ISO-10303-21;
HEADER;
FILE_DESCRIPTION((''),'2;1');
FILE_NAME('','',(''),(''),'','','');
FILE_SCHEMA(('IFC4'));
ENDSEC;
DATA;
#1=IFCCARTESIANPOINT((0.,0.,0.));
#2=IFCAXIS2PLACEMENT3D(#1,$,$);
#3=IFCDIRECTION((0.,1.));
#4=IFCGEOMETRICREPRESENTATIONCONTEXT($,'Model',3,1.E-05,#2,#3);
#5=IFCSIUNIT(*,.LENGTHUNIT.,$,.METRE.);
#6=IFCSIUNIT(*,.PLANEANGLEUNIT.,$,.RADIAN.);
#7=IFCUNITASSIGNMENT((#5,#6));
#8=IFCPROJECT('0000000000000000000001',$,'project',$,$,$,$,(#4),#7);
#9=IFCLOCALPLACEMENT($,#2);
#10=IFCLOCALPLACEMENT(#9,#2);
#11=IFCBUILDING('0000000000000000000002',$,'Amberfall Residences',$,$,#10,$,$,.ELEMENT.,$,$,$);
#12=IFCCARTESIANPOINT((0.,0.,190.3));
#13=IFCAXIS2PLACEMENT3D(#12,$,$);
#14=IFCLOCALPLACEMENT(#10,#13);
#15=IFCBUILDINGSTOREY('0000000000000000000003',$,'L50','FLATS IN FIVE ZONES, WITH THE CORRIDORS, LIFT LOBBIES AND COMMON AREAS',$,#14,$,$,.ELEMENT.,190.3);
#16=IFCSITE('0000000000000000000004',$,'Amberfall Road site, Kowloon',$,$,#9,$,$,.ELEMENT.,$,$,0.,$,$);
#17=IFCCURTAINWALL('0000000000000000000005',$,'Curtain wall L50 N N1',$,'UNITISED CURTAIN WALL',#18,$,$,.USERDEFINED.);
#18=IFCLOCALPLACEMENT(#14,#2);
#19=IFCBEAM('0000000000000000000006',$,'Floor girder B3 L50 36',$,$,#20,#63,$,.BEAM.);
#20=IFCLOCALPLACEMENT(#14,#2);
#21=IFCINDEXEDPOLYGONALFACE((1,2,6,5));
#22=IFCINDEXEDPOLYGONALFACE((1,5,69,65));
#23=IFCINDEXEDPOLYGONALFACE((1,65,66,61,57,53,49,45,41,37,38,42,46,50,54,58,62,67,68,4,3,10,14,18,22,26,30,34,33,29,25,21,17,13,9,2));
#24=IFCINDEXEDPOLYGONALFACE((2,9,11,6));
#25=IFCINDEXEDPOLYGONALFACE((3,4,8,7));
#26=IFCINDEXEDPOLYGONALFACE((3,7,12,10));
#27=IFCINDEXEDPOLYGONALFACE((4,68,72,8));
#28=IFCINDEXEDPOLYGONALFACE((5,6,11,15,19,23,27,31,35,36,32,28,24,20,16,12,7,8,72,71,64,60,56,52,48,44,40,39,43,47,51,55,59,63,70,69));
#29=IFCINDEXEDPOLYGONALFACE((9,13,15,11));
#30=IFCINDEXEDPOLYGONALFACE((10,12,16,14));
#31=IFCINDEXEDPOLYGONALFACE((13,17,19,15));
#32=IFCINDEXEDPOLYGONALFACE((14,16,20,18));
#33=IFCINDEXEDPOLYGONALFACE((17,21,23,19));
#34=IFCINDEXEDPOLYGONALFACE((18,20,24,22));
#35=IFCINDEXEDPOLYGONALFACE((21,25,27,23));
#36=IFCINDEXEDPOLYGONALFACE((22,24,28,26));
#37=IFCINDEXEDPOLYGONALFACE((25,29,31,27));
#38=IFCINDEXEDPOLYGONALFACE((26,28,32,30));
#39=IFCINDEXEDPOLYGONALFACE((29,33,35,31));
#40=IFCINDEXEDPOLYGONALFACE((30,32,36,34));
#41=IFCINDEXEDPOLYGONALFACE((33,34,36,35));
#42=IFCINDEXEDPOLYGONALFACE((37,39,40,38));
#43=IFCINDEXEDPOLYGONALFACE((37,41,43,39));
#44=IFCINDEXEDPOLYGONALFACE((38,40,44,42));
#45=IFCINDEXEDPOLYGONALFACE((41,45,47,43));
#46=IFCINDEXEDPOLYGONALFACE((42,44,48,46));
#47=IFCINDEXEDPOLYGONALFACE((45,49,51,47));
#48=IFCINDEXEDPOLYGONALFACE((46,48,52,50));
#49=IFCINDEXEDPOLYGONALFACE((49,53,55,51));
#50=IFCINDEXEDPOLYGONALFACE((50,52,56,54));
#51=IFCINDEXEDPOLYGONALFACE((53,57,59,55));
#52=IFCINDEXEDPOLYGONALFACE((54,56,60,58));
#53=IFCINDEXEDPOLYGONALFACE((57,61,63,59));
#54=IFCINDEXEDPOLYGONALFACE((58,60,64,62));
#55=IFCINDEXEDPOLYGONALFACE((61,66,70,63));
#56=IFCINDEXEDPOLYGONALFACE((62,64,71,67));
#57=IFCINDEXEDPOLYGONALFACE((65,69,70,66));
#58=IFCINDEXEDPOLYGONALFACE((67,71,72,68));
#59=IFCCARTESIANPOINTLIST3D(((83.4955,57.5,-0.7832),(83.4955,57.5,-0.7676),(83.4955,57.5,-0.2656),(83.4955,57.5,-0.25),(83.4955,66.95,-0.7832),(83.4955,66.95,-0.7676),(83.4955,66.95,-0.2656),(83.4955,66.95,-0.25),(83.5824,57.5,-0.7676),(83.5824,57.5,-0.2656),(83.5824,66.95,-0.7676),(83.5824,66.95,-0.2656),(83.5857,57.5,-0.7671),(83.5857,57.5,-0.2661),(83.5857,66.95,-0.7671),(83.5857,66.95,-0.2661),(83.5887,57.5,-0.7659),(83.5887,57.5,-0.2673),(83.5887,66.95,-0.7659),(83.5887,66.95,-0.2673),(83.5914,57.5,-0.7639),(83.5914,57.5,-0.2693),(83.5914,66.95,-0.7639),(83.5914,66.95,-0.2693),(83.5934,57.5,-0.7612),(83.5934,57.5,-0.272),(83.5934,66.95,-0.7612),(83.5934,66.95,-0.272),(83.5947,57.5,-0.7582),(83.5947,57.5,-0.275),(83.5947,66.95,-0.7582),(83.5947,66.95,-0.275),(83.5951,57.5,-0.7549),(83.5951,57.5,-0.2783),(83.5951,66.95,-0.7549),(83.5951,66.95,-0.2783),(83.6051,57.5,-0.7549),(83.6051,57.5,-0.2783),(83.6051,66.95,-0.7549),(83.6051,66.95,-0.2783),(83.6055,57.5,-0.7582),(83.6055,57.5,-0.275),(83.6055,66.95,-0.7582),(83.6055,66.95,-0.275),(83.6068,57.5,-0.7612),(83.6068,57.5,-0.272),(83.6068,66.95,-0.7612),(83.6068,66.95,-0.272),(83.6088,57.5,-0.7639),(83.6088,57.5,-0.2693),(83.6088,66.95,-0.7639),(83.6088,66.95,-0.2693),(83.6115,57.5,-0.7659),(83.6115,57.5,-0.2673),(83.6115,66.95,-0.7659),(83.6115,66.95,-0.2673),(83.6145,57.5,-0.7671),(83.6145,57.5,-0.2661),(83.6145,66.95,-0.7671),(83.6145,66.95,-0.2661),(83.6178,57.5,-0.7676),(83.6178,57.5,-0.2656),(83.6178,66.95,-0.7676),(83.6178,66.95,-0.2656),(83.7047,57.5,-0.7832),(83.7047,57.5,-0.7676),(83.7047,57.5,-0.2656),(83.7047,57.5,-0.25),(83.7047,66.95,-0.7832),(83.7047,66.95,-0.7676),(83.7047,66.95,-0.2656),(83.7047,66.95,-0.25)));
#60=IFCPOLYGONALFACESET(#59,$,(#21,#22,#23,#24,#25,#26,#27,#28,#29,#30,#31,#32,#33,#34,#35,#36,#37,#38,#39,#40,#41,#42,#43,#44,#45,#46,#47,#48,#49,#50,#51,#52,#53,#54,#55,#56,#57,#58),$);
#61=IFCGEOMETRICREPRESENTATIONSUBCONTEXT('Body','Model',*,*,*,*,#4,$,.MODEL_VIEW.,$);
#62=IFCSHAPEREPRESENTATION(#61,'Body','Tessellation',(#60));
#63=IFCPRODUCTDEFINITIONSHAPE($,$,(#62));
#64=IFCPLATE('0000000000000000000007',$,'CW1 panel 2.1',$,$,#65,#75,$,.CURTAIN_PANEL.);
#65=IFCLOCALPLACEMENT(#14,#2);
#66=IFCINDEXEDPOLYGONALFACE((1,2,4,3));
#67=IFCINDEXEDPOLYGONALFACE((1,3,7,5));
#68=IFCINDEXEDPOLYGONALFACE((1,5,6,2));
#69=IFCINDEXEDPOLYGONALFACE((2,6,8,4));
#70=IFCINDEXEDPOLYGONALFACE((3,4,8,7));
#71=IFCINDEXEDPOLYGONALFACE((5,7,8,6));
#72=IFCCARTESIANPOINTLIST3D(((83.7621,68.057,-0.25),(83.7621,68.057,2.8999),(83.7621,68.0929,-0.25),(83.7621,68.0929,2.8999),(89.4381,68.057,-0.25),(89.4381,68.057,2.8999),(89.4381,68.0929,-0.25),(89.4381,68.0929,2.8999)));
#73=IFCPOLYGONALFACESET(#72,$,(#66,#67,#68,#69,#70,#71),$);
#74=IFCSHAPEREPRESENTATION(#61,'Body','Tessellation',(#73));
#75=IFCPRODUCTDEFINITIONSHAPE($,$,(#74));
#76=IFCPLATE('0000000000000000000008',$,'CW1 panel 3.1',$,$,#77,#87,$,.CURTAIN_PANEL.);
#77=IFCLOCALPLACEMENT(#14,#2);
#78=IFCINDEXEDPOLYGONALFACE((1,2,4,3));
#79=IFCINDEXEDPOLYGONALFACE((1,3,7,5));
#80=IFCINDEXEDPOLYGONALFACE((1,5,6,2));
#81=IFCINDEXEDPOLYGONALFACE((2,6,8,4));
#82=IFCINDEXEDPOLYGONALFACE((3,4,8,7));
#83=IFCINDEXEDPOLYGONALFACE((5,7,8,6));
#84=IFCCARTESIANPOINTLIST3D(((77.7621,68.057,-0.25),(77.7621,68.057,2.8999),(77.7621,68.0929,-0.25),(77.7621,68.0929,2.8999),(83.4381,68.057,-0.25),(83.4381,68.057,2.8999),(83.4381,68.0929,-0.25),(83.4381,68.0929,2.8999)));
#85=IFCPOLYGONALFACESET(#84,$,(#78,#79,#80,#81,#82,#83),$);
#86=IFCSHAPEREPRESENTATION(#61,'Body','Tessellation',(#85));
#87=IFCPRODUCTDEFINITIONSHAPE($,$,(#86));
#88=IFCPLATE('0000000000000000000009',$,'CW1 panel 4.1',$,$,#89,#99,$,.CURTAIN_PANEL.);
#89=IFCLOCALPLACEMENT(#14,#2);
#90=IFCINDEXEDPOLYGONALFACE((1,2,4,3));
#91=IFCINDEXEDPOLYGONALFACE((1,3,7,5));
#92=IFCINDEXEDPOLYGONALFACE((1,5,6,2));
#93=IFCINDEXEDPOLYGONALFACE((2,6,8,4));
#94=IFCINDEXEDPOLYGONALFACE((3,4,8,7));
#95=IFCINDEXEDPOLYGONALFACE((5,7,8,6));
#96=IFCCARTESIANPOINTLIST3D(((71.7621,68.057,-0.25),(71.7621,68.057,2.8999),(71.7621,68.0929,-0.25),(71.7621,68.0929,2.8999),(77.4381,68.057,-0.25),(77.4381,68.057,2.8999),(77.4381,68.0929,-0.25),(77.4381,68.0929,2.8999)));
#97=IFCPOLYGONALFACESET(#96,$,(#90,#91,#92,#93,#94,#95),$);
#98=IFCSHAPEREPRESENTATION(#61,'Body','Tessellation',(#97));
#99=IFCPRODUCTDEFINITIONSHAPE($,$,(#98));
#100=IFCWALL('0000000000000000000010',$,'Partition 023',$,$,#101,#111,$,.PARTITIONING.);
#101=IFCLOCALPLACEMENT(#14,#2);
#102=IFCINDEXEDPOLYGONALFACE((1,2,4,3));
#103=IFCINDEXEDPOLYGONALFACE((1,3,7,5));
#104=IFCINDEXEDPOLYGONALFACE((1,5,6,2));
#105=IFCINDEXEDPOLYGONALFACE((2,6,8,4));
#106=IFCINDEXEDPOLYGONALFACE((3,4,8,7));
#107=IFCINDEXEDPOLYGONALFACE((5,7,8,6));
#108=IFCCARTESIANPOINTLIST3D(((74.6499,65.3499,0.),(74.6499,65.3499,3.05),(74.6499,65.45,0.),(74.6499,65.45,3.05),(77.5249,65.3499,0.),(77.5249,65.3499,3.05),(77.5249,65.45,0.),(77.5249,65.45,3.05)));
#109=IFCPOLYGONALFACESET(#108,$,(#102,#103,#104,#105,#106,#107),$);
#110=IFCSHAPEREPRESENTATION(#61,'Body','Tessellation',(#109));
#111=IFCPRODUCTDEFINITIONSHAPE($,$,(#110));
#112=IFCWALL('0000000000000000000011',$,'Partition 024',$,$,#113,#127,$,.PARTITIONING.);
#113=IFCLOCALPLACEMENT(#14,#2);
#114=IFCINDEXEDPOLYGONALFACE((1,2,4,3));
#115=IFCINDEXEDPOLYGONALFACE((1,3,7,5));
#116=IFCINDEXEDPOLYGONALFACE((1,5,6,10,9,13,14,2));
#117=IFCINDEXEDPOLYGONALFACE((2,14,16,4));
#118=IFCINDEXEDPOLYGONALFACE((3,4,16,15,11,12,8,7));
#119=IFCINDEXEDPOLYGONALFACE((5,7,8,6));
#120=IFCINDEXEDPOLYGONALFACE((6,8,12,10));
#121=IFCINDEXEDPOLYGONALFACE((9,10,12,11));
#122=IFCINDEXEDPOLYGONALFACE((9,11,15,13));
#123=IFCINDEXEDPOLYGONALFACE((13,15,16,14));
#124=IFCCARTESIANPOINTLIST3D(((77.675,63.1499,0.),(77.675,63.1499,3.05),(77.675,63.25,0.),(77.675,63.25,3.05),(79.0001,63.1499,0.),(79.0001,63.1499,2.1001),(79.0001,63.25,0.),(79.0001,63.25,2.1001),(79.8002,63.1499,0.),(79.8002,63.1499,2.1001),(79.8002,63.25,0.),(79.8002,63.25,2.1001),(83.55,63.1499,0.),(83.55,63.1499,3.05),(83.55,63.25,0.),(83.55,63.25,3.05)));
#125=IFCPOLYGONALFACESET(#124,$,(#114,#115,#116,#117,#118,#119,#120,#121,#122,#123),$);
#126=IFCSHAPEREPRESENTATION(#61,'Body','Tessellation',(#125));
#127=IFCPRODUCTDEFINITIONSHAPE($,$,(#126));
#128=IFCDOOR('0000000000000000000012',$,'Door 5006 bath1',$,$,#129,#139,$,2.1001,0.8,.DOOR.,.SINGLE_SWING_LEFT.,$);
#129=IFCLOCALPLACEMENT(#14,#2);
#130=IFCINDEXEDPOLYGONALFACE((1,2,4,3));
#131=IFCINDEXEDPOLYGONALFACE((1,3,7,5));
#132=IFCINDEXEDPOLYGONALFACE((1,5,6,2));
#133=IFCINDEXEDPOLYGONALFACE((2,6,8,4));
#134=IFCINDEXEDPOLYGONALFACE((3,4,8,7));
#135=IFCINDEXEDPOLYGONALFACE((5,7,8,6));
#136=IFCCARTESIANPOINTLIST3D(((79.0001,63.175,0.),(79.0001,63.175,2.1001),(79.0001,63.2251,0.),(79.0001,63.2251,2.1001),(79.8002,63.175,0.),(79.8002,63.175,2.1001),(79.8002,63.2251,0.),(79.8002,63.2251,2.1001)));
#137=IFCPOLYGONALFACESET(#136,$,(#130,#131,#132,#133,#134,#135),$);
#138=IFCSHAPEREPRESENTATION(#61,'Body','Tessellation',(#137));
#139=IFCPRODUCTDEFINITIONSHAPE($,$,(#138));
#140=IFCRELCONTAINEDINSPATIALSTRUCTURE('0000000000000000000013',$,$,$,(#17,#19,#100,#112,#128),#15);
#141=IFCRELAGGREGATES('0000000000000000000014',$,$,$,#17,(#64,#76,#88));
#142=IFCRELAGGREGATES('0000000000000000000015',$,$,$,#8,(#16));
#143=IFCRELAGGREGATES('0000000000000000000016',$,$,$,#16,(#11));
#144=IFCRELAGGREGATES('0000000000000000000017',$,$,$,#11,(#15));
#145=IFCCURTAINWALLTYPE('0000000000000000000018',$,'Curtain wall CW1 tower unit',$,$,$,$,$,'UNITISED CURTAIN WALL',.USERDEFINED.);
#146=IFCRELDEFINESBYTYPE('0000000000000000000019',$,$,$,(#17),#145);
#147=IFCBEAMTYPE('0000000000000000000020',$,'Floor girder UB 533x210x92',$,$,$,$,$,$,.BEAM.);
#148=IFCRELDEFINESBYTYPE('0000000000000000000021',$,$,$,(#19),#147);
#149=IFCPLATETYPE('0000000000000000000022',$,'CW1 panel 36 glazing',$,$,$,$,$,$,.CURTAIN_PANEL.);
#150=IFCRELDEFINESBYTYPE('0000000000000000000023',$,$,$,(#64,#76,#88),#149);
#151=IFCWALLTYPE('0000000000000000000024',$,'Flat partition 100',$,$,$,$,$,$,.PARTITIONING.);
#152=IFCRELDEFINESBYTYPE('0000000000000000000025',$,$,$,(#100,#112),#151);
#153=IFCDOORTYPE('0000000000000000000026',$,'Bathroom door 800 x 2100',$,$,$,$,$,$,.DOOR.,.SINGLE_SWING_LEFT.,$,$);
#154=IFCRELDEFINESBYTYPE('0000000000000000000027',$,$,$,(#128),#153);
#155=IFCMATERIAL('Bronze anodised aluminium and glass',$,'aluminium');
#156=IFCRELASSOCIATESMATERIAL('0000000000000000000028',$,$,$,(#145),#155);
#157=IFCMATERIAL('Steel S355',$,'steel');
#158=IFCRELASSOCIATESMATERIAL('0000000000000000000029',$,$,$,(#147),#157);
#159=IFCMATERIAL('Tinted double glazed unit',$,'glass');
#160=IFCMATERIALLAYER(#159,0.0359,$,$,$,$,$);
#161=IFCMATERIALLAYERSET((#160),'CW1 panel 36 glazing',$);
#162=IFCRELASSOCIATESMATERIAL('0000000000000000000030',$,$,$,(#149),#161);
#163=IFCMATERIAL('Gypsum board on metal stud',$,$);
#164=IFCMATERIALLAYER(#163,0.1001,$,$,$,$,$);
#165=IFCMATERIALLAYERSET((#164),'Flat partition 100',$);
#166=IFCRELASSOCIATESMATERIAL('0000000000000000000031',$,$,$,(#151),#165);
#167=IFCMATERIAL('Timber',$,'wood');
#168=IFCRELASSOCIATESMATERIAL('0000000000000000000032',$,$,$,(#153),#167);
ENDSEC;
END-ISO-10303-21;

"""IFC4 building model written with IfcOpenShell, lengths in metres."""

from ifc_helpers import new_model, si_unit, direction, frame, frame_2d, origin, origin_2d, place, context, subcontext, project, spatial, rectangle, i_section, extrude, material, layer, layer_set, material_profile, profile_set, type_object, element, fill, aggregate, save


model = new_model("IFC4")

# Units and contexts
model_context = context("Model", 3, precision=1e-05, world=origin(), true_north=direction((0.0, 1.0)))
body_context = subcontext(model_context, "Body", "Model", "MODEL_VIEW")
ifc_project = project(units=[si_unit("LENGTHUNIT", "METRE"), si_unit("PLANEANGLEUNIT", "RADIAN")], contexts=[model_context])

# Site, building, storey
site_placement = place(None, origin())
site = spatial("IfcSite", under=ifc_project, at=site_placement, Name="Amberfall Road site, Kowloon", CompositionType="ELEMENT", RefElevation=0.0)
building_placement = place(site_placement, origin())
building = spatial("IfcBuilding", under=site, at=building_placement, Name="Amberfall Residences", CompositionType="ELEMENT")
storey_placement = place(building_placement, frame((0.0, 0.0, 190.3)))
storey = spatial("IfcBuildingStorey", under=building, at=storey_placement, Name="L50", Description="FLATS IN FIVE ZONES, WITH THE CORRIDORS, LIFT LOBBIES AND COMMON AREAS", CompositionType="ELEMENT", Elevation=190.3)

# Curtain wall
ifc_material_1 = material(Name="Bronze anodised aluminium and glass", Category="aluminium")
curtain_wall_type = type_object("IfcCurtainWallType", Name="Curtain wall CW1 tower unit", ElementType="UNITISED CURTAIN WALL", PredefinedType="USERDEFINED", material=ifc_material_1)
curtain_wall_placement = place(storey_placement, origin())
curtain_wall = element("IfcCurtainWall", 1, at=curtain_wall_placement, inside=storey, type_object=curtain_wall_type, Name="Curtain wall L50 N N1", ObjectType="UNITISED CURTAIN WALL", PredefinedType="USERDEFINED")

# Shared definitions
ifc_material_2 = material(Name="Steel S355", Category="steel")

# Beam
ifc_material_profile_1 = material_profile(ifc_material_2, i_section(OverallWidth=0.2092, OverallDepth=0.5332, WebThickness=0.01, FlangeThickness=0.0156, FilletRadius=0.0127, at=origin_2d()), Name="UB 533x210x92")
ifc_profile_set_1 = profile_set([ifc_material_profile_1], Name="Steel S355")
beam_type_1 = type_object("IfcBeamType", Name="Floor girder UB 533x210x92", PredefinedType="BEAM", material=ifc_profile_set_1)
for number, where, z_axis, x_axis, name in (
    (2, (83.6001, 66.95, -0.5166), (0.0, -1.0, 0.0), (1.0, 0.0, 0.0), "Floor girder B3 L50 36"),
):
    element("IfcBeam", number, at=place(storey_placement, frame(where, z_axis=z_axis, x_axis=x_axis)), inside=storey, type_object=beam_type_1, Name=name, PredefinedType="BEAM", context=body_context, shape_type="SweptSolid", body=[
        extrude(i_section(OverallWidth=0.2092, OverallDepth=0.5332, WebThickness=0.01, FlangeThickness=0.0156, FilletRadius=0.0127, at=origin_2d()), origin(), (0.0, 0.0, 1.0), 9.45),
    ])

# Plates
ifc_material_3 = material(Name="Tinted double glazed unit", Category="glass")
ifc_layer_1 = layer(ifc_material_3, 0.0359)
ifc_layer_set_1 = layer_set([ifc_layer_1], Name="CW1 panel 36 glazing")
plate_type = type_object("IfcPlateType", Name="CW1 panel 36 glazing", PredefinedType="CURTAIN_PANEL", material=ifc_layer_set_1)
plate_1_placement = place(storey_placement, frame((86.6001, 68.075, -0.25), z_axis=(0.0, 0.0, 1.0), x_axis=(-1.0, 0.0, 0.0)))
plate_1 = element("IfcPlate", 3, at=plate_1_placement, type_object=plate_type, Name="CW1 panel 2.1", PredefinedType="CURTAIN_PANEL", context=body_context, shape_type="SweptSolid", body=[
    extrude(rectangle(XDim=5.676, YDim=0.0359, at=origin_2d()), origin(), (0.0, 0.0, 1.0), 3.1499),
])
plate_2_placement = place(storey_placement, frame((80.6001, 68.075, -0.25), z_axis=(0.0, 0.0, 1.0), x_axis=(-1.0, 0.0, 0.0)))
plate_2 = element("IfcPlate", 4, at=plate_2_placement, type_object=plate_type, Name="CW1 panel 3.1", PredefinedType="CURTAIN_PANEL", context=body_context, shape_type="SweptSolid", body=[
    extrude(rectangle(XDim=5.676, YDim=0.0359, at=origin_2d()), origin(), (0.0, 0.0, 1.0), 3.1499),
])
plate_3_placement = place(storey_placement, frame((74.6001, 68.075, -0.25), z_axis=(0.0, 0.0, 1.0), x_axis=(-1.0, 0.0, 0.0)))
plate_3 = element("IfcPlate", 5, at=plate_3_placement, type_object=plate_type, Name="CW1 panel 4.1", PredefinedType="CURTAIN_PANEL", context=body_context, shape_type="SweptSolid", body=[
    extrude(rectangle(XDim=5.676, YDim=0.0359, at=origin_2d()), origin(), (0.0, 0.0, 1.0), 3.1499),
])
aggregate(curtain_wall, [plate_1, plate_2, plate_3])

# Wall
ifc_material_4 = material(Name="Gypsum board on metal stud")
ifc_layer_2 = layer(ifc_material_4, 0.1001)
ifc_layer_set_2 = layer_set([ifc_layer_2], Name="Flat partition 100")
wall_type = type_object("IfcWallType", Name="Flat partition 100", PredefinedType="PARTITIONING", material=ifc_layer_set_2)
wall_1_placement = place(storey_placement, frame((74.6499, 65.3999, 0.0), z_axis=(0.0, 0.0, 1.0), x_axis=(1.0, 0.0, 0.0)))
element("IfcWall", 6, at=wall_1_placement, inside=storey, type_object=wall_type, Name="Partition 023", PredefinedType="PARTITIONING", context=body_context, shape_type="SweptSolid", body=[
    extrude(rectangle(XDim=2.875, YDim=0.1001, at=frame_2d((1.4375, 0.0))), origin(), (0.0, 0.0, 1.0), 3.05),
])

# Wall, opening, door
wall_2_placement = place(storey_placement, frame((83.55, 63.2, 0.0), z_axis=(0.0, 0.0, 1.0), x_axis=(-1.0, 0.0, 0.0)))
wall_2 = element("IfcWall", 7, at=wall_2_placement, inside=storey, type_object=wall_type, Name="Partition 024", PredefinedType="PARTITIONING", context=body_context, shape_type="SweptSolid", body=[
    extrude(rectangle(XDim=5.875, YDim=0.1001, at=frame_2d((2.9375, 0.0))), origin(), (0.0, 0.0, 1.0), 3.05),
])
opening_placement = place(wall_2_placement, frame((3.75, 0.0, 0.0)))
opening = element("IfcOpeningElement", 8, at=opening_placement, cuts=wall_2, PredefinedType="OPENING", context=body_context, shape_type="SweptSolid", body=[
    extrude(rectangle(XDim=0.8, YDim=2.1001, at=frame_2d((0.3999, 1.05))), frame((0.0, 0.0601, 0.0), z_axis=(0.0, -1.0, 0.0), x_axis=(1.0, 0.0, 0.0)), (0.0, 0.0, 1.0), 0.1201),
])
ifc_material_5 = material(Name="Timber", Category="wood")
door_type = type_object("IfcDoorType", Name="Bathroom door 800 x 2100", OperationType="SINGLE_SWING_LEFT", PredefinedType="DOOR", material=ifc_material_5)
door_placement = place(opening_placement, origin())
door = element("IfcDoor", 9, at=door_placement, inside=storey, type_object=door_type, Name="Door 5006 bath1", OperationType="SINGLE_SWING_LEFT", OverallHeight=2.1001, OverallWidth=0.8, PredefinedType="DOOR", context=body_context, shape_type="SweptSolid", body=[
    extrude(rectangle(XDim=0.8, YDim=2.1001, at=frame_2d((0.3999, 1.05))), frame((0.0, 0.0249, 0.0), z_axis=(0.0, -1.0, 0.0), x_axis=(1.0, 0.0, 0.0)), (0.0, 0.0, 1.0), 0.05),
])
fill(opening, door)

save(model, "model.ifc")
